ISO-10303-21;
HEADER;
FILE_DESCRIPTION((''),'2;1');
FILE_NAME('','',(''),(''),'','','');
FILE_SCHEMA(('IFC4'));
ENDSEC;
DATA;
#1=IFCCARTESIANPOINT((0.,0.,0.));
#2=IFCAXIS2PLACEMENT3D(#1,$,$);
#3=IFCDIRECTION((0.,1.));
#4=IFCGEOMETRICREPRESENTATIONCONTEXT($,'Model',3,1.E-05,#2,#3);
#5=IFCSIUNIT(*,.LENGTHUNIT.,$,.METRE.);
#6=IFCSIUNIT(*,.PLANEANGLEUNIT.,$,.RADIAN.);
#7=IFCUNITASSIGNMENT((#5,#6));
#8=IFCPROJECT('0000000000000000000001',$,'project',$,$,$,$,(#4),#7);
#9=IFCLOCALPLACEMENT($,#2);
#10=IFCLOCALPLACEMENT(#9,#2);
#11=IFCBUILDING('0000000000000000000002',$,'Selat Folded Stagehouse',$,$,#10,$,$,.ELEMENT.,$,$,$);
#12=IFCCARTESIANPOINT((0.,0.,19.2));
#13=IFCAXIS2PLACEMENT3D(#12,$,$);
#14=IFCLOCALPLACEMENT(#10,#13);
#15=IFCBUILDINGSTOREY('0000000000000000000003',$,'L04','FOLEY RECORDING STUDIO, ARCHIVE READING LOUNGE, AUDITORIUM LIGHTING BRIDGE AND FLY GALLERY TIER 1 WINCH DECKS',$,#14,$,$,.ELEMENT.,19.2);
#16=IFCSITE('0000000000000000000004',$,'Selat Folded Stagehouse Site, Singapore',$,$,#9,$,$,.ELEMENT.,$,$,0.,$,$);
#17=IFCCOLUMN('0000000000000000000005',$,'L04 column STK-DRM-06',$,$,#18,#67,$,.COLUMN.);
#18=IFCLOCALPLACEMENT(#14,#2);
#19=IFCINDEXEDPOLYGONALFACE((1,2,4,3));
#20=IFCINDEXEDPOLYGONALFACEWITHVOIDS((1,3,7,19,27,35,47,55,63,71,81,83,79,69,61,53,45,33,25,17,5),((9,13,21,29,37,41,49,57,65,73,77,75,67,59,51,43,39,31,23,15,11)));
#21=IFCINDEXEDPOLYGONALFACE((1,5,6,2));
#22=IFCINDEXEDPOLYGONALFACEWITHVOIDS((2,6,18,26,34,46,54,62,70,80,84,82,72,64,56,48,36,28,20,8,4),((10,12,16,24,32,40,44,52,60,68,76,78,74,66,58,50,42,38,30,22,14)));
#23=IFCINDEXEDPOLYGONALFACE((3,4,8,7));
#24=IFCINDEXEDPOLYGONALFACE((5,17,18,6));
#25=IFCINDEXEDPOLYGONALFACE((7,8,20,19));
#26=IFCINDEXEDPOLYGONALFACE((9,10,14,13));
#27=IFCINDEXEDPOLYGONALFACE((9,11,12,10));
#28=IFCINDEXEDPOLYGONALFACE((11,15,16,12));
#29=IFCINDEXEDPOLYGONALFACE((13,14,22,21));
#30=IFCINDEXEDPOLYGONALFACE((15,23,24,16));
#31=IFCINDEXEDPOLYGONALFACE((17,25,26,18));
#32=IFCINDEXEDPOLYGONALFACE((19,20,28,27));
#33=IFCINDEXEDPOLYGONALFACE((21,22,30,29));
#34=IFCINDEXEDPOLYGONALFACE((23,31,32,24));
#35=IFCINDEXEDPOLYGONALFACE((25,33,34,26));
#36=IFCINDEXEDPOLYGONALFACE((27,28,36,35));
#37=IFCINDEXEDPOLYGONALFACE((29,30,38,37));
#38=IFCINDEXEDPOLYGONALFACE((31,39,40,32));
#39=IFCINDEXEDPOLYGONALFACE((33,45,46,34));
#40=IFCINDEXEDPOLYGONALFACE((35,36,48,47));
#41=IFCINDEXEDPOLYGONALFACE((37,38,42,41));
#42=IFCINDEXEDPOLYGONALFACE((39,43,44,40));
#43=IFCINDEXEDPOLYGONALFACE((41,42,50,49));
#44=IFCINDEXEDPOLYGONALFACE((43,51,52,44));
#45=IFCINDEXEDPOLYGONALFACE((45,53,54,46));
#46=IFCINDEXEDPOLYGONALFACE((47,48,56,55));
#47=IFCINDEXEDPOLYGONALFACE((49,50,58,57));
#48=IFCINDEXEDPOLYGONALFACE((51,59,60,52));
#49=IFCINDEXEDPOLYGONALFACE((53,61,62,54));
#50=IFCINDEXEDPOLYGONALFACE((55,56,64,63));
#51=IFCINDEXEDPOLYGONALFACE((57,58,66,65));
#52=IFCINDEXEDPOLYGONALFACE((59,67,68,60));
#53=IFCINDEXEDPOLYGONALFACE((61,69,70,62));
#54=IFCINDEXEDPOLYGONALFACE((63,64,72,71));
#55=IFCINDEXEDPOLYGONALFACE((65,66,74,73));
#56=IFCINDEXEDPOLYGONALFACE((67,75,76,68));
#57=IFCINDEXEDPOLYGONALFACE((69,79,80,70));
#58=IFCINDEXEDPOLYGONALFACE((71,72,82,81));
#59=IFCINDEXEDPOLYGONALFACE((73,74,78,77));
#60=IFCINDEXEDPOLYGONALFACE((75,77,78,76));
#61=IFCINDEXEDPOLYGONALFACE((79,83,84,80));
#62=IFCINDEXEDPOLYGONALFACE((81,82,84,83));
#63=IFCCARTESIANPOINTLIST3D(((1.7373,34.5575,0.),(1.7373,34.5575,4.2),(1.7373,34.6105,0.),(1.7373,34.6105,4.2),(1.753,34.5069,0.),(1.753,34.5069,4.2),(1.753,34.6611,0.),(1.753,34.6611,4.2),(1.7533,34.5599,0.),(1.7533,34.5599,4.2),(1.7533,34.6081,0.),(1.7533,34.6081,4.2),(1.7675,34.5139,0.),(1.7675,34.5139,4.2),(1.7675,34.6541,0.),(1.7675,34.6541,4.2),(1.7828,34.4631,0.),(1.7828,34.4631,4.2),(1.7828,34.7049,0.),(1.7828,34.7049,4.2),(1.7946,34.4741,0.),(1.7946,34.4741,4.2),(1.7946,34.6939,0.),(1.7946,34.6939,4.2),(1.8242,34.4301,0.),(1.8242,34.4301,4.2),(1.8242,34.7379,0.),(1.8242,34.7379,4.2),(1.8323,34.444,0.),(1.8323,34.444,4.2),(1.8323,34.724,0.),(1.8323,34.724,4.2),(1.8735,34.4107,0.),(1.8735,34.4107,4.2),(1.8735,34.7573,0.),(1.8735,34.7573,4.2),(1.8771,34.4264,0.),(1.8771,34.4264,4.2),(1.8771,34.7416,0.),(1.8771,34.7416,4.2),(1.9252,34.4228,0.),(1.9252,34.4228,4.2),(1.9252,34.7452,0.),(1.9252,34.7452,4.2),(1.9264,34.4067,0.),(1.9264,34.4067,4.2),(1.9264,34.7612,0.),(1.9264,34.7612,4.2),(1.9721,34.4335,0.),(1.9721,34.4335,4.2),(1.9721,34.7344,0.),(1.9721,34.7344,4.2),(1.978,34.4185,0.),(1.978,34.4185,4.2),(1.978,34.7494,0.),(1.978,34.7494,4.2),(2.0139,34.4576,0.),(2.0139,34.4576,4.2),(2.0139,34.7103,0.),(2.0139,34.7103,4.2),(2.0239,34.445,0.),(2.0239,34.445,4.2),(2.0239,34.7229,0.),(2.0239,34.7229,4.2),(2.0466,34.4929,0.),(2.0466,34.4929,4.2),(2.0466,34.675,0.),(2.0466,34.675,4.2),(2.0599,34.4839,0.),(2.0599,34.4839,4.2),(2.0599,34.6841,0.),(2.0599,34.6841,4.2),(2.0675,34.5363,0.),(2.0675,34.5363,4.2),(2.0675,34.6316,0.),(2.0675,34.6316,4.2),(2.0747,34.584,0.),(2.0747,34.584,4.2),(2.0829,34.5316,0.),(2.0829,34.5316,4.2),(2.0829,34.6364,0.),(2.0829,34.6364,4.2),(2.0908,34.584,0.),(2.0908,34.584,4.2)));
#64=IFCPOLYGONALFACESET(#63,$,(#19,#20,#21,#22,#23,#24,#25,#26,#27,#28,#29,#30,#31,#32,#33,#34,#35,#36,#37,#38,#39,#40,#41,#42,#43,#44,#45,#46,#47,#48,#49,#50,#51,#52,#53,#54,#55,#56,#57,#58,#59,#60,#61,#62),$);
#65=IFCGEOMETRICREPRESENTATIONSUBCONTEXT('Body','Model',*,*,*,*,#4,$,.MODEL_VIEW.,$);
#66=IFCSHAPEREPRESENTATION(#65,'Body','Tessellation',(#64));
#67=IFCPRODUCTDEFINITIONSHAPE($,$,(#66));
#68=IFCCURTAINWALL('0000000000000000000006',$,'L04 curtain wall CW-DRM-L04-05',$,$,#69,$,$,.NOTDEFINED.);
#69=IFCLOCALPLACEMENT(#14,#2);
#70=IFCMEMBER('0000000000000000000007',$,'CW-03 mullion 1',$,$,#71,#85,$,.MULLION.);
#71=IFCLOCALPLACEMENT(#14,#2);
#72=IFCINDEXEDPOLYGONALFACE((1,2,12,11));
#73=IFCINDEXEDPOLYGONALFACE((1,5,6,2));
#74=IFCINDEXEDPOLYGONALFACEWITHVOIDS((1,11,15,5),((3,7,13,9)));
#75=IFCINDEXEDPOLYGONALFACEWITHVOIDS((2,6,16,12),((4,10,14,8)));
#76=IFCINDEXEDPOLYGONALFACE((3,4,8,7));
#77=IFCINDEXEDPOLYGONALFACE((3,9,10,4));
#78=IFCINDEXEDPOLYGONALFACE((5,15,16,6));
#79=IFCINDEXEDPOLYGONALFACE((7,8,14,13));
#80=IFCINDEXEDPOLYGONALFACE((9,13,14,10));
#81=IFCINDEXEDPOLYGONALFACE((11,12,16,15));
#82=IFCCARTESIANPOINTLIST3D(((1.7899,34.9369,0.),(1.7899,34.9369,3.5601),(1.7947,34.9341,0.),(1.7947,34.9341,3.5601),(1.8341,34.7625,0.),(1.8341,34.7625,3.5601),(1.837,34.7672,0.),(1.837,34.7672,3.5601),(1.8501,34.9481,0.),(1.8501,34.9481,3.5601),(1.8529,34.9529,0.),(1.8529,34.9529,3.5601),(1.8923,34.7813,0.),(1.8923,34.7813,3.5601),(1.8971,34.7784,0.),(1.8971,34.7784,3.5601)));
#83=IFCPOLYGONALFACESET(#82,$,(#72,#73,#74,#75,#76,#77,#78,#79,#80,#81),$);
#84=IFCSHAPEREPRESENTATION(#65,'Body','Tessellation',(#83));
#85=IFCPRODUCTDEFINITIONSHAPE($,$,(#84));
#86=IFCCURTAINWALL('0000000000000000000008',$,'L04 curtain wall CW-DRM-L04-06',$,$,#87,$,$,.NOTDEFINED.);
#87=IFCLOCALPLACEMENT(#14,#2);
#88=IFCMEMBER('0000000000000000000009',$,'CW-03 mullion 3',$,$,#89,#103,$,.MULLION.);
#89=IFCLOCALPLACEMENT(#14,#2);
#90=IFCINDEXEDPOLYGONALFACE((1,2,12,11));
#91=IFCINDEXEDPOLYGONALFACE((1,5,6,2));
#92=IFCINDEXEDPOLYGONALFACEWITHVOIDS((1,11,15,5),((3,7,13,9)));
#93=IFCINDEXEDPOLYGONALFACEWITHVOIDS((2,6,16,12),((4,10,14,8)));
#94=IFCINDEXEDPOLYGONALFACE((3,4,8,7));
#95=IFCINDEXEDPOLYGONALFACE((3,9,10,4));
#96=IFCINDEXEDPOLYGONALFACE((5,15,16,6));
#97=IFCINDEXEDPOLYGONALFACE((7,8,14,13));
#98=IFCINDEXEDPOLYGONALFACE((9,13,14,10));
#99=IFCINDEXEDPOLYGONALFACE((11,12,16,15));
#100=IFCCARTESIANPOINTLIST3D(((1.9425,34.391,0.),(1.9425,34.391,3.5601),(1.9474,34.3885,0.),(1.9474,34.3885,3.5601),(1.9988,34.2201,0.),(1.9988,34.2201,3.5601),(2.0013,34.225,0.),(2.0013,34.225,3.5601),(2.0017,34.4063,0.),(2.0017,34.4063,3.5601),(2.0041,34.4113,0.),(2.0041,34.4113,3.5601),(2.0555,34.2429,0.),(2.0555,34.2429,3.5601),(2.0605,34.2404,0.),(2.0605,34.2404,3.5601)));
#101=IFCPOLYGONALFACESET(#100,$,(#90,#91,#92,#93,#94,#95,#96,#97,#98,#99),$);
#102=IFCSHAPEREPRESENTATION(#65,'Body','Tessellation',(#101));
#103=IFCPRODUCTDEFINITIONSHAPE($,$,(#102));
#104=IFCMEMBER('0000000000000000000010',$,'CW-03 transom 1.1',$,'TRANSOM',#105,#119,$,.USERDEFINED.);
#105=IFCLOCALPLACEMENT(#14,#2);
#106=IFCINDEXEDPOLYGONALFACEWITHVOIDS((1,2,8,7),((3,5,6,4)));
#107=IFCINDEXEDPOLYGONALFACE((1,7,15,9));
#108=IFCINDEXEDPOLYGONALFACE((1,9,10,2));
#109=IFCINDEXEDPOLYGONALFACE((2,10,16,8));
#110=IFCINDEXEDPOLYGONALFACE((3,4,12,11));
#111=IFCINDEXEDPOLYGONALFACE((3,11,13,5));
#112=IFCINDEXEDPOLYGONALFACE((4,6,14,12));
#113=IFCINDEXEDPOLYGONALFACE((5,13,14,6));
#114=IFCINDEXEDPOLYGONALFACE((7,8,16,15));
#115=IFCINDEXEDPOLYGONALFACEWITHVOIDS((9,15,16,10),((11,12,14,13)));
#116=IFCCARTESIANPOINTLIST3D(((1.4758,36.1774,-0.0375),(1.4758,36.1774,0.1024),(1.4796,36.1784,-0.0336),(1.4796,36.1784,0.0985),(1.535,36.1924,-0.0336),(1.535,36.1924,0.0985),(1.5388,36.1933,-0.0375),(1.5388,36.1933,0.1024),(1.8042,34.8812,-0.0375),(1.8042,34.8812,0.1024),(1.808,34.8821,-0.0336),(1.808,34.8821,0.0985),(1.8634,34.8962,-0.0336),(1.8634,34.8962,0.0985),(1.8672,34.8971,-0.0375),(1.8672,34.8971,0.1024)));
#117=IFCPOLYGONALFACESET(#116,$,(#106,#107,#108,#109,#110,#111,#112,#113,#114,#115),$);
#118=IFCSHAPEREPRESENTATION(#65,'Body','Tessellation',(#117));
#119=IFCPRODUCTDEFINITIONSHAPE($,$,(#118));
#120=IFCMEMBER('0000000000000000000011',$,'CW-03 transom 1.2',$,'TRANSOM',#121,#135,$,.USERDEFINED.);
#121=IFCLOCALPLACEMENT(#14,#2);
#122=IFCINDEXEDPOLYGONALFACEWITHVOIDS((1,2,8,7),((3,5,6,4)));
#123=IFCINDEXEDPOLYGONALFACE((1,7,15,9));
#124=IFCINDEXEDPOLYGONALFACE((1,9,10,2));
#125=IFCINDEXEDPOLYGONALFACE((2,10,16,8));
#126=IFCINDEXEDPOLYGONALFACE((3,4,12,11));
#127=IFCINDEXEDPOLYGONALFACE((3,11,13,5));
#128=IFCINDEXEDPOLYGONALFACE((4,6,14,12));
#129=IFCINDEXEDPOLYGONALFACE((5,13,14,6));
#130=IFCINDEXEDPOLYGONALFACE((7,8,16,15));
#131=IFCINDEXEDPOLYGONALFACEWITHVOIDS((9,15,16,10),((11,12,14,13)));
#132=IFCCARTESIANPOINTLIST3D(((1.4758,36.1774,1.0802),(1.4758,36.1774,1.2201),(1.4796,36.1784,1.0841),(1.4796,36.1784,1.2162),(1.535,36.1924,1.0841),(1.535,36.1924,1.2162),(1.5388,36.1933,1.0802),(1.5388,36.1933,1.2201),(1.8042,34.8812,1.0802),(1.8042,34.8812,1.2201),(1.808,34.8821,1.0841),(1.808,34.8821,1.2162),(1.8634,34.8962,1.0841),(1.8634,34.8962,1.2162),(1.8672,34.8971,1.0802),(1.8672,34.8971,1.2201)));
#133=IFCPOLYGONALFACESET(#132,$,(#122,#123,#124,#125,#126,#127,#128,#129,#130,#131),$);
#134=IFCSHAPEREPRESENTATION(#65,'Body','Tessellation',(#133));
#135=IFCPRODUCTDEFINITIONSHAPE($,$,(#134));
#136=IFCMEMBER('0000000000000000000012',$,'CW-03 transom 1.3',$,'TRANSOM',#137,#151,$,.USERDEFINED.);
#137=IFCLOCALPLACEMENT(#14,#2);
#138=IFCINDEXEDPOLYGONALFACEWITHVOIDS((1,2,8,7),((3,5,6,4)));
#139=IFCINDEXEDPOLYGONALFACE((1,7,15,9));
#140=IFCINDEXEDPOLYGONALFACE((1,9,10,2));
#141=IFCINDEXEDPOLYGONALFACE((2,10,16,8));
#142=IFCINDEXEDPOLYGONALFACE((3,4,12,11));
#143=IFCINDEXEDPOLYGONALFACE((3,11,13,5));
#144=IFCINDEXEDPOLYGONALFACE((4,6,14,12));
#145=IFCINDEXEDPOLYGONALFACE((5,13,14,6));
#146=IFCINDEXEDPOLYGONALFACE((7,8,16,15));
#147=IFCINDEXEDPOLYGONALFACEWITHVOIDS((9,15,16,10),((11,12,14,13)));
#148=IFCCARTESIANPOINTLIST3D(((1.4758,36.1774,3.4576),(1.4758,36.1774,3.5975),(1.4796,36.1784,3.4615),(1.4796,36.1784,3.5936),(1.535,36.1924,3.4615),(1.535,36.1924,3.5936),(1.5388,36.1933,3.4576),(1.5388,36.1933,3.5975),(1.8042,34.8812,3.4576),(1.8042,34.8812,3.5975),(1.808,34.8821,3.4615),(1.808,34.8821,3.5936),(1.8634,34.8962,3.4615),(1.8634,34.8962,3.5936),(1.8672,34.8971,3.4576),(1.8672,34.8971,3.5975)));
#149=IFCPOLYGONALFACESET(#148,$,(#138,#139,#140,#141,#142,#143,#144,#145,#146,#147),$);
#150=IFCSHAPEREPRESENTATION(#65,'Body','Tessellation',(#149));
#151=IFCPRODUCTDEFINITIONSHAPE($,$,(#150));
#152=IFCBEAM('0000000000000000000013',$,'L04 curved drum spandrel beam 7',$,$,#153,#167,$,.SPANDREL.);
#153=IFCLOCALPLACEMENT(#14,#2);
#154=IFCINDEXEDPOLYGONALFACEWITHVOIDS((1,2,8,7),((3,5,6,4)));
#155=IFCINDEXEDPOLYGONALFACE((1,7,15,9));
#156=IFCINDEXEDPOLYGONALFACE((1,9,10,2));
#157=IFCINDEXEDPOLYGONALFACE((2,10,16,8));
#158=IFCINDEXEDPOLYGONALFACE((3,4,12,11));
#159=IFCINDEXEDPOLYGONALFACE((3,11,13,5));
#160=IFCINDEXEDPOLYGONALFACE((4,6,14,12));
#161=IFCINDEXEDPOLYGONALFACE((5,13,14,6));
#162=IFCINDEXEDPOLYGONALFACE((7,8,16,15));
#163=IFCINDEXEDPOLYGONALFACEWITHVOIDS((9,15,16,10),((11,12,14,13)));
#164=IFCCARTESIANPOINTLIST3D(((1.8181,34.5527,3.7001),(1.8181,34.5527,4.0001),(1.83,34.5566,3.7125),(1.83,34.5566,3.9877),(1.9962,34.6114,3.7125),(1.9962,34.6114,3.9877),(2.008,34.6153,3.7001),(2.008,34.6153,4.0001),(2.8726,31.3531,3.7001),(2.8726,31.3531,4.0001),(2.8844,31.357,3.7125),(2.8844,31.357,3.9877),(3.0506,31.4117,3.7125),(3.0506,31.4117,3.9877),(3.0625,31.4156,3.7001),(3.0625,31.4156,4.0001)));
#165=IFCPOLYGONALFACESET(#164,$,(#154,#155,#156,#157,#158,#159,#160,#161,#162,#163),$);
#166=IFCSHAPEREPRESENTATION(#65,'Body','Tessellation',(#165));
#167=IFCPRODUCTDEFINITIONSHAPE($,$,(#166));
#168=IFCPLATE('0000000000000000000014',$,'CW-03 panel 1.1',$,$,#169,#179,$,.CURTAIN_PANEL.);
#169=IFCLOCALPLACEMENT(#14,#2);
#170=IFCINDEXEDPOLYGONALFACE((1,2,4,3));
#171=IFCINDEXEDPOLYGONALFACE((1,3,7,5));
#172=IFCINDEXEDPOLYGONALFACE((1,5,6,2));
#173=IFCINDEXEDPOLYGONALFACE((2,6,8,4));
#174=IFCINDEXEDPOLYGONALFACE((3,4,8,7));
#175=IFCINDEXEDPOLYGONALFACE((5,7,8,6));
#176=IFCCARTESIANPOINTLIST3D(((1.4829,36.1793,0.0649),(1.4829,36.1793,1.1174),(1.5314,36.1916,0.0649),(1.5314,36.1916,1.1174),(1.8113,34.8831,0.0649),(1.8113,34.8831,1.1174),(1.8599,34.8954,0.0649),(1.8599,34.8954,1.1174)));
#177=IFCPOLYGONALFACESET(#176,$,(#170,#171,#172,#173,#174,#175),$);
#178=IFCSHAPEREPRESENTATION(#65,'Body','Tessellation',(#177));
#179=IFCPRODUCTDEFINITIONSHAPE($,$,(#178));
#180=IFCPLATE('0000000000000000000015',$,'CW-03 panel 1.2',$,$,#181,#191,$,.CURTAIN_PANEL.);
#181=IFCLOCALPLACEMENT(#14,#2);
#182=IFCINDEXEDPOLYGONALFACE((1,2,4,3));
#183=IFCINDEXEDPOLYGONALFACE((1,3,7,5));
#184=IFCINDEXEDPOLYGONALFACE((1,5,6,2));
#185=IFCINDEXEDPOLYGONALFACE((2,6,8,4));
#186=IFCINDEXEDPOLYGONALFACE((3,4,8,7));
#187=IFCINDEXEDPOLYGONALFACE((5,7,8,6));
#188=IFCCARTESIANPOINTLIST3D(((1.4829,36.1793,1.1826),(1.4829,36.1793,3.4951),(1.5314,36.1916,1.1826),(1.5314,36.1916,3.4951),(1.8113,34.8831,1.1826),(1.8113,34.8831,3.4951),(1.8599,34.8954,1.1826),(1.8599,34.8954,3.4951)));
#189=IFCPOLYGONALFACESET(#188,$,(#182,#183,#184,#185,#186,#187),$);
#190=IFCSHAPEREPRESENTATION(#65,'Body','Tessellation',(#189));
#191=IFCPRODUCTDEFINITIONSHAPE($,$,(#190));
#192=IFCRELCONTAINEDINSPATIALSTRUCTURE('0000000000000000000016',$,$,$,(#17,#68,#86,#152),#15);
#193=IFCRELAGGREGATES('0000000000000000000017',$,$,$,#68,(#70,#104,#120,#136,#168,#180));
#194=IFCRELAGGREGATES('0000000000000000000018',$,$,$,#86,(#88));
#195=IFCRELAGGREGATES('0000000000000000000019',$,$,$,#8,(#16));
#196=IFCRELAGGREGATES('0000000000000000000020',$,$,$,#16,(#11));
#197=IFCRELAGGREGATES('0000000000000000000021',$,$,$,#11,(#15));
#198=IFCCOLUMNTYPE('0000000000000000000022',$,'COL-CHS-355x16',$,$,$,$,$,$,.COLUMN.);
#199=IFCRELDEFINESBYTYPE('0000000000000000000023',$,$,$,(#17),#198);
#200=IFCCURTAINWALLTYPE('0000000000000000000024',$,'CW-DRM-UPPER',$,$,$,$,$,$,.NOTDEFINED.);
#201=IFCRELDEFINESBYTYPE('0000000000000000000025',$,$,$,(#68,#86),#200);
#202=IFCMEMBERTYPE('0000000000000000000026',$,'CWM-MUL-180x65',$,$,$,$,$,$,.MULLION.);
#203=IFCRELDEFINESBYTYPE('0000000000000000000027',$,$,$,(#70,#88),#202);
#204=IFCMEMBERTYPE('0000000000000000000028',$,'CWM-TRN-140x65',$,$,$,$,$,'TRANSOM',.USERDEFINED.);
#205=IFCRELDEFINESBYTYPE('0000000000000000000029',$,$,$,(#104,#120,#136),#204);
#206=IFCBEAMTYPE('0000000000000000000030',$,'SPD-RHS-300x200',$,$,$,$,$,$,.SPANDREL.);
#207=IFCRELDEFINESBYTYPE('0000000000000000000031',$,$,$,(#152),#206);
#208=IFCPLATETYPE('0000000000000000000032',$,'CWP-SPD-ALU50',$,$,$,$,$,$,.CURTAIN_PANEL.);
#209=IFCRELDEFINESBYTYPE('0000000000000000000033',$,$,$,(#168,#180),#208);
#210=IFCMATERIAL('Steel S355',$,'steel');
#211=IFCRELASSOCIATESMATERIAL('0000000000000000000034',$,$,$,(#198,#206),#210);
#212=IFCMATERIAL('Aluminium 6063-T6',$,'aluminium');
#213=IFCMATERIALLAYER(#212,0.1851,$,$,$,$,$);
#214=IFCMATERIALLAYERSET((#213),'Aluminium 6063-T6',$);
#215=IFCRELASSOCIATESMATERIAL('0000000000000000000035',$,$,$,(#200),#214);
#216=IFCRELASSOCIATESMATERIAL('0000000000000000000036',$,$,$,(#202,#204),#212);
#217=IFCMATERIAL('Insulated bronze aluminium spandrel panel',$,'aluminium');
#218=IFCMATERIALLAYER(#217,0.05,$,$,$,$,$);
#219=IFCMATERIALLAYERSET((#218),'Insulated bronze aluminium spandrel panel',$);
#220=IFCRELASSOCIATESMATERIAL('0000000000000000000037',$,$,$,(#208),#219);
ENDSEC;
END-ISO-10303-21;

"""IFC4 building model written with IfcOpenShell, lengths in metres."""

from ifc_helpers import new_model, si_unit, direction, frame, origin, origin_2d, place, context, subcontext, project, spatial, rectangle, hollow_rectangle, hollow_circle, extrude, material, layer, layer_set, material_profile, profile_set, type_object, element, aggregate, save


model = new_model("IFC4")

# Units and contexts
model_context = context("Model", 3, precision=1e-05, world=origin(), true_north=direction((0.0, 1.0)))
body_context = subcontext(model_context, "Body", "Model", "MODEL_VIEW")
ifc_project = project(units=[si_unit("LENGTHUNIT", "METRE"), si_unit("PLANEANGLEUNIT", "RADIAN")], contexts=[model_context])

# Site, building, storey
site_placement = place(None, origin())
site = spatial("IfcSite", under=ifc_project, at=site_placement, Name="Selat Folded Stagehouse Site, Singapore", CompositionType="ELEMENT", RefElevation=0.0)
building_placement = place(site_placement, origin())
building = spatial("IfcBuilding", under=site, at=building_placement, Name="Selat Folded Stagehouse", CompositionType="ELEMENT")
storey_placement = place(building_placement, frame((0.0, 0.0, 19.2)))
storey = spatial("IfcBuildingStorey", under=building, at=storey_placement, Name="L04", Description="FOLEY RECORDING STUDIO, ARCHIVE READING LOUNGE, AUDITORIUM LIGHTING BRIDGE AND FLY GALLERY TIER 1 WINCH DECKS", CompositionType="ELEMENT", Elevation=19.2)

# Column
ifc_material_1 = material(Name="Steel S355", Category="steel")
ifc_material_profile_1 = material_profile(ifc_material_1, hollow_circle(Radius=0.1777, WallThickness=0.0161, at=origin_2d()), Name="CHS 355.6x16.0")
ifc_profile_set_1 = profile_set([ifc_material_profile_1], Name="Steel S355")
column_type = type_object("IfcColumnType", Name="COL-CHS-355x16", PredefinedType="COLUMN", material=ifc_profile_set_1)
column_placement = place(storey_placement, frame((1.9131, 34.584, 0.0), z_axis=(0.0, 0.0, 1.0), x_axis=(1.0, 0.0, 0.0)))
element("IfcColumn", 1, at=column_placement, inside=storey, type_object=column_type, Name="L04 column STK-DRM-06", PredefinedType="COLUMN", context=body_context, shape_type="SweptSolid", body=[
    extrude(hollow_circle(Radius=0.1777, WallThickness=0.0161, at=origin_2d()), origin(), (0.0, 0.0, 1.0), 4.2),
])

# Curtain walls, members
ifc_material_2 = material(Name="Aluminium 6063-T6", Category="aluminium")
ifc_layer_1 = layer(ifc_material_2, 0.1851)
ifc_layer_set_1 = layer_set([ifc_layer_1], Name="Aluminium 6063-T6")
curtain_wall_type = type_object("IfcCurtainWallType", Name="CW-DRM-UPPER", PredefinedType="NOTDEFINED", material=ifc_layer_set_1)
curtain_wall_1_placement = place(storey_placement, origin())
curtain_wall_1 = element("IfcCurtainWall", 2, at=curtain_wall_1_placement, inside=storey, type_object=curtain_wall_type, Name="L04 curtain wall CW-DRM-L04-05", PredefinedType="NOTDEFINED")
ifc_material_profile_2 = material_profile(ifc_material_2, hollow_rectangle(XDim=0.0649, YDim=0.1799, WallThickness=0.0039, at=origin_2d()), Name="ALU 180x65x4.0")
ifc_profile_set_2 = profile_set([ifc_material_profile_2], Name="Aluminium 6063-T6")
member_type_1 = type_object("IfcMemberType", Name="CWM-MUL-180x65", PredefinedType="MULLION", material=ifc_profile_set_2)
member_1_placement = place(storey_placement, frame((1.8435, 34.8577, 0.0), z_axis=(0.0, 0.0, 1.0), x_axis=(-0.969367, -0.245618, 0.0)))
member_1 = element("IfcMember", 3, at=member_1_placement, type_object=member_type_1, Name="CW-03 mullion 1", PredefinedType="MULLION", context=body_context, shape_type="SweptSolid", body=[
    extrude(hollow_rectangle(XDim=0.0649, YDim=0.1799, WallThickness=0.0039, at=origin_2d()), origin(), (0.0, 0.0, 1.0), 3.5601),
])
curtain_wall_2_placement = place(storey_placement, origin())
curtain_wall_2 = element("IfcCurtainWall", 4, at=curtain_wall_2_placement, inside=storey, type_object=curtain_wall_type, Name="L04 curtain wall CW-DRM-L04-06", PredefinedType="NOTDEFINED")
member_2_placement = place(storey_placement, frame((2.0015, 34.3157, 0.0), z_axis=(0.0, 0.0, 1.0), x_axis=(-0.949755, -0.312995, 0.0)))
member_2 = element("IfcMember", 5, at=member_2_placement, type_object=member_type_1, Name="CW-03 mullion 3", PredefinedType="MULLION", context=body_context, shape_type="SweptSolid", body=[
    extrude(hollow_rectangle(XDim=0.0649, YDim=0.1799, WallThickness=0.0039, at=origin_2d()), origin(), (0.0, 0.0, 1.0), 3.5601),
])

# Members
ifc_material_profile_3 = material_profile(ifc_material_2, hollow_rectangle(XDim=0.0649, YDim=0.1399, WallThickness=0.0039, at=origin_2d()), Name="ALU 140x65x4.0")
ifc_profile_set_3 = profile_set([ifc_material_profile_3], Name="Aluminium 6063-T6")
member_type_2 = type_object("IfcMemberType", Name="CWM-TRN-140x65", ElementType="TRANSOM", PredefinedType="USERDEFINED", material=ifc_profile_set_3)
member_3_placement = place(storey_placement, frame((1.8357, 34.8892, 0.0325), z_axis=(-0.245585, 0.969375, 0.0), x_axis=(-0.969375, -0.245585, 0.0)))
member_3 = element("IfcMember", 6, at=member_3_placement, type_object=member_type_2, Name="CW-03 transom 1.1", ObjectType="TRANSOM", PredefinedType="USERDEFINED", context=body_context, shape_type="SweptSolid", body=[
    extrude(hollow_rectangle(XDim=0.0649, YDim=0.1399, WallThickness=0.0039, at=origin_2d()), origin(), (0.0, 0.0, 1.0), 1.3372),
])
member_4_placement = place(storey_placement, frame((1.8357, 34.8892, 1.1501), z_axis=(-0.245585, 0.969375, 0.0), x_axis=(-0.969375, -0.245585, 0.0)))
member_4 = element("IfcMember", 7, at=member_4_placement, type_object=member_type_2, Name="CW-03 transom 1.2", ObjectType="TRANSOM", PredefinedType="USERDEFINED", context=body_context, shape_type="SweptSolid", body=[
    extrude(hollow_rectangle(XDim=0.0649, YDim=0.1399, WallThickness=0.0039, at=origin_2d()), origin(), (0.0, 0.0, 1.0), 1.3372),
])
member_5_placement = place(storey_placement, frame((1.8357, 34.8892, 3.5276), z_axis=(-0.245585, 0.969375, 0.0), x_axis=(-0.969375, -0.245585, 0.0)))
member_5 = element("IfcMember", 8, at=member_5_placement, type_object=member_type_2, Name="CW-03 transom 1.3", ObjectType="TRANSOM", PredefinedType="USERDEFINED", context=body_context, shape_type="SweptSolid", body=[
    extrude(hollow_rectangle(XDim=0.0649, YDim=0.1399, WallThickness=0.0039, at=origin_2d()), origin(), (0.0, 0.0, 1.0), 1.3372),
])

# Beam
ifc_material_profile_4 = material_profile(ifc_material_1, hollow_rectangle(XDim=0.2, YDim=0.3, WallThickness=0.0125, at=origin_2d()), Name="RHS 300x200x12.5")
ifc_profile_set_4 = profile_set([ifc_material_profile_4], Name="Steel S355")
beam_type = type_object("IfcBeamType", Name="SPD-RHS-300x200", PredefinedType="SPANDREL", material=ifc_profile_set_4)
beam_placement = place(storey_placement, frame((1.9131, 34.584, 3.8501), z_axis=(0.312987, -0.949758, 0.0), x_axis=(0.949758, 0.312987, 0.0)))
element("IfcBeam", 9, at=beam_placement, inside=storey, type_object=beam_type, Name="L04 curved drum spandrel beam 7", PredefinedType="SPANDREL", context=body_context, shape_type="SweptSolid", body=[
    extrude(hollow_rectangle(XDim=0.2, YDim=0.3, WallThickness=0.0125, at=origin_2d()), origin(), (0.0, 0.0, 1.0), 3.3689),
])

# Plates
ifc_material_3 = material(Name="Insulated bronze aluminium spandrel panel", Category="aluminium")
ifc_layer_2 = layer(ifc_material_3, 0.05)
ifc_layer_set_2 = layer_set([ifc_layer_2], Name="Insulated bronze aluminium spandrel panel")
plate_type = type_object("IfcPlateType", Name="CWP-SPD-ALU50", PredefinedType="CURTAIN_PANEL", material=ifc_layer_set_2)
plate_1_placement = place(storey_placement, frame((1.6714, 35.5374, 0.0649), z_axis=(0.0, 0.0, 1.0), x_axis=(-0.245618, 0.969367, 0.0)))
plate_1 = element("IfcPlate", 10, at=plate_1_placement, type_object=plate_type, Name="CW-03 panel 1.1", PredefinedType="CURTAIN_PANEL", context=body_context, shape_type="SweptSolid", body=[
    extrude(rectangle(XDim=1.3372, YDim=0.05, at=origin_2d()), origin(), (0.0, 0.0, 1.0), 1.0525),
])
plate_2_placement = place(storey_placement, frame((1.6714, 35.5374, 1.1826), z_axis=(0.0, 0.0, 1.0), x_axis=(-0.245618, 0.969367, 0.0)))
plate_2 = element("IfcPlate", 11, at=plate_2_placement, type_object=plate_type, Name="CW-03 panel 1.2", PredefinedType="CURTAIN_PANEL", context=body_context, shape_type="SweptSolid", body=[
    extrude(rectangle(XDim=1.3372, YDim=0.05, at=origin_2d()), origin(), (0.0, 0.0, 1.0), 2.3125),
])
aggregate(curtain_wall_1, [member_1, member_3, member_4, member_5, plate_1, plate_2])
aggregate(curtain_wall_2, [member_2])

save(model, "model.ifc")
